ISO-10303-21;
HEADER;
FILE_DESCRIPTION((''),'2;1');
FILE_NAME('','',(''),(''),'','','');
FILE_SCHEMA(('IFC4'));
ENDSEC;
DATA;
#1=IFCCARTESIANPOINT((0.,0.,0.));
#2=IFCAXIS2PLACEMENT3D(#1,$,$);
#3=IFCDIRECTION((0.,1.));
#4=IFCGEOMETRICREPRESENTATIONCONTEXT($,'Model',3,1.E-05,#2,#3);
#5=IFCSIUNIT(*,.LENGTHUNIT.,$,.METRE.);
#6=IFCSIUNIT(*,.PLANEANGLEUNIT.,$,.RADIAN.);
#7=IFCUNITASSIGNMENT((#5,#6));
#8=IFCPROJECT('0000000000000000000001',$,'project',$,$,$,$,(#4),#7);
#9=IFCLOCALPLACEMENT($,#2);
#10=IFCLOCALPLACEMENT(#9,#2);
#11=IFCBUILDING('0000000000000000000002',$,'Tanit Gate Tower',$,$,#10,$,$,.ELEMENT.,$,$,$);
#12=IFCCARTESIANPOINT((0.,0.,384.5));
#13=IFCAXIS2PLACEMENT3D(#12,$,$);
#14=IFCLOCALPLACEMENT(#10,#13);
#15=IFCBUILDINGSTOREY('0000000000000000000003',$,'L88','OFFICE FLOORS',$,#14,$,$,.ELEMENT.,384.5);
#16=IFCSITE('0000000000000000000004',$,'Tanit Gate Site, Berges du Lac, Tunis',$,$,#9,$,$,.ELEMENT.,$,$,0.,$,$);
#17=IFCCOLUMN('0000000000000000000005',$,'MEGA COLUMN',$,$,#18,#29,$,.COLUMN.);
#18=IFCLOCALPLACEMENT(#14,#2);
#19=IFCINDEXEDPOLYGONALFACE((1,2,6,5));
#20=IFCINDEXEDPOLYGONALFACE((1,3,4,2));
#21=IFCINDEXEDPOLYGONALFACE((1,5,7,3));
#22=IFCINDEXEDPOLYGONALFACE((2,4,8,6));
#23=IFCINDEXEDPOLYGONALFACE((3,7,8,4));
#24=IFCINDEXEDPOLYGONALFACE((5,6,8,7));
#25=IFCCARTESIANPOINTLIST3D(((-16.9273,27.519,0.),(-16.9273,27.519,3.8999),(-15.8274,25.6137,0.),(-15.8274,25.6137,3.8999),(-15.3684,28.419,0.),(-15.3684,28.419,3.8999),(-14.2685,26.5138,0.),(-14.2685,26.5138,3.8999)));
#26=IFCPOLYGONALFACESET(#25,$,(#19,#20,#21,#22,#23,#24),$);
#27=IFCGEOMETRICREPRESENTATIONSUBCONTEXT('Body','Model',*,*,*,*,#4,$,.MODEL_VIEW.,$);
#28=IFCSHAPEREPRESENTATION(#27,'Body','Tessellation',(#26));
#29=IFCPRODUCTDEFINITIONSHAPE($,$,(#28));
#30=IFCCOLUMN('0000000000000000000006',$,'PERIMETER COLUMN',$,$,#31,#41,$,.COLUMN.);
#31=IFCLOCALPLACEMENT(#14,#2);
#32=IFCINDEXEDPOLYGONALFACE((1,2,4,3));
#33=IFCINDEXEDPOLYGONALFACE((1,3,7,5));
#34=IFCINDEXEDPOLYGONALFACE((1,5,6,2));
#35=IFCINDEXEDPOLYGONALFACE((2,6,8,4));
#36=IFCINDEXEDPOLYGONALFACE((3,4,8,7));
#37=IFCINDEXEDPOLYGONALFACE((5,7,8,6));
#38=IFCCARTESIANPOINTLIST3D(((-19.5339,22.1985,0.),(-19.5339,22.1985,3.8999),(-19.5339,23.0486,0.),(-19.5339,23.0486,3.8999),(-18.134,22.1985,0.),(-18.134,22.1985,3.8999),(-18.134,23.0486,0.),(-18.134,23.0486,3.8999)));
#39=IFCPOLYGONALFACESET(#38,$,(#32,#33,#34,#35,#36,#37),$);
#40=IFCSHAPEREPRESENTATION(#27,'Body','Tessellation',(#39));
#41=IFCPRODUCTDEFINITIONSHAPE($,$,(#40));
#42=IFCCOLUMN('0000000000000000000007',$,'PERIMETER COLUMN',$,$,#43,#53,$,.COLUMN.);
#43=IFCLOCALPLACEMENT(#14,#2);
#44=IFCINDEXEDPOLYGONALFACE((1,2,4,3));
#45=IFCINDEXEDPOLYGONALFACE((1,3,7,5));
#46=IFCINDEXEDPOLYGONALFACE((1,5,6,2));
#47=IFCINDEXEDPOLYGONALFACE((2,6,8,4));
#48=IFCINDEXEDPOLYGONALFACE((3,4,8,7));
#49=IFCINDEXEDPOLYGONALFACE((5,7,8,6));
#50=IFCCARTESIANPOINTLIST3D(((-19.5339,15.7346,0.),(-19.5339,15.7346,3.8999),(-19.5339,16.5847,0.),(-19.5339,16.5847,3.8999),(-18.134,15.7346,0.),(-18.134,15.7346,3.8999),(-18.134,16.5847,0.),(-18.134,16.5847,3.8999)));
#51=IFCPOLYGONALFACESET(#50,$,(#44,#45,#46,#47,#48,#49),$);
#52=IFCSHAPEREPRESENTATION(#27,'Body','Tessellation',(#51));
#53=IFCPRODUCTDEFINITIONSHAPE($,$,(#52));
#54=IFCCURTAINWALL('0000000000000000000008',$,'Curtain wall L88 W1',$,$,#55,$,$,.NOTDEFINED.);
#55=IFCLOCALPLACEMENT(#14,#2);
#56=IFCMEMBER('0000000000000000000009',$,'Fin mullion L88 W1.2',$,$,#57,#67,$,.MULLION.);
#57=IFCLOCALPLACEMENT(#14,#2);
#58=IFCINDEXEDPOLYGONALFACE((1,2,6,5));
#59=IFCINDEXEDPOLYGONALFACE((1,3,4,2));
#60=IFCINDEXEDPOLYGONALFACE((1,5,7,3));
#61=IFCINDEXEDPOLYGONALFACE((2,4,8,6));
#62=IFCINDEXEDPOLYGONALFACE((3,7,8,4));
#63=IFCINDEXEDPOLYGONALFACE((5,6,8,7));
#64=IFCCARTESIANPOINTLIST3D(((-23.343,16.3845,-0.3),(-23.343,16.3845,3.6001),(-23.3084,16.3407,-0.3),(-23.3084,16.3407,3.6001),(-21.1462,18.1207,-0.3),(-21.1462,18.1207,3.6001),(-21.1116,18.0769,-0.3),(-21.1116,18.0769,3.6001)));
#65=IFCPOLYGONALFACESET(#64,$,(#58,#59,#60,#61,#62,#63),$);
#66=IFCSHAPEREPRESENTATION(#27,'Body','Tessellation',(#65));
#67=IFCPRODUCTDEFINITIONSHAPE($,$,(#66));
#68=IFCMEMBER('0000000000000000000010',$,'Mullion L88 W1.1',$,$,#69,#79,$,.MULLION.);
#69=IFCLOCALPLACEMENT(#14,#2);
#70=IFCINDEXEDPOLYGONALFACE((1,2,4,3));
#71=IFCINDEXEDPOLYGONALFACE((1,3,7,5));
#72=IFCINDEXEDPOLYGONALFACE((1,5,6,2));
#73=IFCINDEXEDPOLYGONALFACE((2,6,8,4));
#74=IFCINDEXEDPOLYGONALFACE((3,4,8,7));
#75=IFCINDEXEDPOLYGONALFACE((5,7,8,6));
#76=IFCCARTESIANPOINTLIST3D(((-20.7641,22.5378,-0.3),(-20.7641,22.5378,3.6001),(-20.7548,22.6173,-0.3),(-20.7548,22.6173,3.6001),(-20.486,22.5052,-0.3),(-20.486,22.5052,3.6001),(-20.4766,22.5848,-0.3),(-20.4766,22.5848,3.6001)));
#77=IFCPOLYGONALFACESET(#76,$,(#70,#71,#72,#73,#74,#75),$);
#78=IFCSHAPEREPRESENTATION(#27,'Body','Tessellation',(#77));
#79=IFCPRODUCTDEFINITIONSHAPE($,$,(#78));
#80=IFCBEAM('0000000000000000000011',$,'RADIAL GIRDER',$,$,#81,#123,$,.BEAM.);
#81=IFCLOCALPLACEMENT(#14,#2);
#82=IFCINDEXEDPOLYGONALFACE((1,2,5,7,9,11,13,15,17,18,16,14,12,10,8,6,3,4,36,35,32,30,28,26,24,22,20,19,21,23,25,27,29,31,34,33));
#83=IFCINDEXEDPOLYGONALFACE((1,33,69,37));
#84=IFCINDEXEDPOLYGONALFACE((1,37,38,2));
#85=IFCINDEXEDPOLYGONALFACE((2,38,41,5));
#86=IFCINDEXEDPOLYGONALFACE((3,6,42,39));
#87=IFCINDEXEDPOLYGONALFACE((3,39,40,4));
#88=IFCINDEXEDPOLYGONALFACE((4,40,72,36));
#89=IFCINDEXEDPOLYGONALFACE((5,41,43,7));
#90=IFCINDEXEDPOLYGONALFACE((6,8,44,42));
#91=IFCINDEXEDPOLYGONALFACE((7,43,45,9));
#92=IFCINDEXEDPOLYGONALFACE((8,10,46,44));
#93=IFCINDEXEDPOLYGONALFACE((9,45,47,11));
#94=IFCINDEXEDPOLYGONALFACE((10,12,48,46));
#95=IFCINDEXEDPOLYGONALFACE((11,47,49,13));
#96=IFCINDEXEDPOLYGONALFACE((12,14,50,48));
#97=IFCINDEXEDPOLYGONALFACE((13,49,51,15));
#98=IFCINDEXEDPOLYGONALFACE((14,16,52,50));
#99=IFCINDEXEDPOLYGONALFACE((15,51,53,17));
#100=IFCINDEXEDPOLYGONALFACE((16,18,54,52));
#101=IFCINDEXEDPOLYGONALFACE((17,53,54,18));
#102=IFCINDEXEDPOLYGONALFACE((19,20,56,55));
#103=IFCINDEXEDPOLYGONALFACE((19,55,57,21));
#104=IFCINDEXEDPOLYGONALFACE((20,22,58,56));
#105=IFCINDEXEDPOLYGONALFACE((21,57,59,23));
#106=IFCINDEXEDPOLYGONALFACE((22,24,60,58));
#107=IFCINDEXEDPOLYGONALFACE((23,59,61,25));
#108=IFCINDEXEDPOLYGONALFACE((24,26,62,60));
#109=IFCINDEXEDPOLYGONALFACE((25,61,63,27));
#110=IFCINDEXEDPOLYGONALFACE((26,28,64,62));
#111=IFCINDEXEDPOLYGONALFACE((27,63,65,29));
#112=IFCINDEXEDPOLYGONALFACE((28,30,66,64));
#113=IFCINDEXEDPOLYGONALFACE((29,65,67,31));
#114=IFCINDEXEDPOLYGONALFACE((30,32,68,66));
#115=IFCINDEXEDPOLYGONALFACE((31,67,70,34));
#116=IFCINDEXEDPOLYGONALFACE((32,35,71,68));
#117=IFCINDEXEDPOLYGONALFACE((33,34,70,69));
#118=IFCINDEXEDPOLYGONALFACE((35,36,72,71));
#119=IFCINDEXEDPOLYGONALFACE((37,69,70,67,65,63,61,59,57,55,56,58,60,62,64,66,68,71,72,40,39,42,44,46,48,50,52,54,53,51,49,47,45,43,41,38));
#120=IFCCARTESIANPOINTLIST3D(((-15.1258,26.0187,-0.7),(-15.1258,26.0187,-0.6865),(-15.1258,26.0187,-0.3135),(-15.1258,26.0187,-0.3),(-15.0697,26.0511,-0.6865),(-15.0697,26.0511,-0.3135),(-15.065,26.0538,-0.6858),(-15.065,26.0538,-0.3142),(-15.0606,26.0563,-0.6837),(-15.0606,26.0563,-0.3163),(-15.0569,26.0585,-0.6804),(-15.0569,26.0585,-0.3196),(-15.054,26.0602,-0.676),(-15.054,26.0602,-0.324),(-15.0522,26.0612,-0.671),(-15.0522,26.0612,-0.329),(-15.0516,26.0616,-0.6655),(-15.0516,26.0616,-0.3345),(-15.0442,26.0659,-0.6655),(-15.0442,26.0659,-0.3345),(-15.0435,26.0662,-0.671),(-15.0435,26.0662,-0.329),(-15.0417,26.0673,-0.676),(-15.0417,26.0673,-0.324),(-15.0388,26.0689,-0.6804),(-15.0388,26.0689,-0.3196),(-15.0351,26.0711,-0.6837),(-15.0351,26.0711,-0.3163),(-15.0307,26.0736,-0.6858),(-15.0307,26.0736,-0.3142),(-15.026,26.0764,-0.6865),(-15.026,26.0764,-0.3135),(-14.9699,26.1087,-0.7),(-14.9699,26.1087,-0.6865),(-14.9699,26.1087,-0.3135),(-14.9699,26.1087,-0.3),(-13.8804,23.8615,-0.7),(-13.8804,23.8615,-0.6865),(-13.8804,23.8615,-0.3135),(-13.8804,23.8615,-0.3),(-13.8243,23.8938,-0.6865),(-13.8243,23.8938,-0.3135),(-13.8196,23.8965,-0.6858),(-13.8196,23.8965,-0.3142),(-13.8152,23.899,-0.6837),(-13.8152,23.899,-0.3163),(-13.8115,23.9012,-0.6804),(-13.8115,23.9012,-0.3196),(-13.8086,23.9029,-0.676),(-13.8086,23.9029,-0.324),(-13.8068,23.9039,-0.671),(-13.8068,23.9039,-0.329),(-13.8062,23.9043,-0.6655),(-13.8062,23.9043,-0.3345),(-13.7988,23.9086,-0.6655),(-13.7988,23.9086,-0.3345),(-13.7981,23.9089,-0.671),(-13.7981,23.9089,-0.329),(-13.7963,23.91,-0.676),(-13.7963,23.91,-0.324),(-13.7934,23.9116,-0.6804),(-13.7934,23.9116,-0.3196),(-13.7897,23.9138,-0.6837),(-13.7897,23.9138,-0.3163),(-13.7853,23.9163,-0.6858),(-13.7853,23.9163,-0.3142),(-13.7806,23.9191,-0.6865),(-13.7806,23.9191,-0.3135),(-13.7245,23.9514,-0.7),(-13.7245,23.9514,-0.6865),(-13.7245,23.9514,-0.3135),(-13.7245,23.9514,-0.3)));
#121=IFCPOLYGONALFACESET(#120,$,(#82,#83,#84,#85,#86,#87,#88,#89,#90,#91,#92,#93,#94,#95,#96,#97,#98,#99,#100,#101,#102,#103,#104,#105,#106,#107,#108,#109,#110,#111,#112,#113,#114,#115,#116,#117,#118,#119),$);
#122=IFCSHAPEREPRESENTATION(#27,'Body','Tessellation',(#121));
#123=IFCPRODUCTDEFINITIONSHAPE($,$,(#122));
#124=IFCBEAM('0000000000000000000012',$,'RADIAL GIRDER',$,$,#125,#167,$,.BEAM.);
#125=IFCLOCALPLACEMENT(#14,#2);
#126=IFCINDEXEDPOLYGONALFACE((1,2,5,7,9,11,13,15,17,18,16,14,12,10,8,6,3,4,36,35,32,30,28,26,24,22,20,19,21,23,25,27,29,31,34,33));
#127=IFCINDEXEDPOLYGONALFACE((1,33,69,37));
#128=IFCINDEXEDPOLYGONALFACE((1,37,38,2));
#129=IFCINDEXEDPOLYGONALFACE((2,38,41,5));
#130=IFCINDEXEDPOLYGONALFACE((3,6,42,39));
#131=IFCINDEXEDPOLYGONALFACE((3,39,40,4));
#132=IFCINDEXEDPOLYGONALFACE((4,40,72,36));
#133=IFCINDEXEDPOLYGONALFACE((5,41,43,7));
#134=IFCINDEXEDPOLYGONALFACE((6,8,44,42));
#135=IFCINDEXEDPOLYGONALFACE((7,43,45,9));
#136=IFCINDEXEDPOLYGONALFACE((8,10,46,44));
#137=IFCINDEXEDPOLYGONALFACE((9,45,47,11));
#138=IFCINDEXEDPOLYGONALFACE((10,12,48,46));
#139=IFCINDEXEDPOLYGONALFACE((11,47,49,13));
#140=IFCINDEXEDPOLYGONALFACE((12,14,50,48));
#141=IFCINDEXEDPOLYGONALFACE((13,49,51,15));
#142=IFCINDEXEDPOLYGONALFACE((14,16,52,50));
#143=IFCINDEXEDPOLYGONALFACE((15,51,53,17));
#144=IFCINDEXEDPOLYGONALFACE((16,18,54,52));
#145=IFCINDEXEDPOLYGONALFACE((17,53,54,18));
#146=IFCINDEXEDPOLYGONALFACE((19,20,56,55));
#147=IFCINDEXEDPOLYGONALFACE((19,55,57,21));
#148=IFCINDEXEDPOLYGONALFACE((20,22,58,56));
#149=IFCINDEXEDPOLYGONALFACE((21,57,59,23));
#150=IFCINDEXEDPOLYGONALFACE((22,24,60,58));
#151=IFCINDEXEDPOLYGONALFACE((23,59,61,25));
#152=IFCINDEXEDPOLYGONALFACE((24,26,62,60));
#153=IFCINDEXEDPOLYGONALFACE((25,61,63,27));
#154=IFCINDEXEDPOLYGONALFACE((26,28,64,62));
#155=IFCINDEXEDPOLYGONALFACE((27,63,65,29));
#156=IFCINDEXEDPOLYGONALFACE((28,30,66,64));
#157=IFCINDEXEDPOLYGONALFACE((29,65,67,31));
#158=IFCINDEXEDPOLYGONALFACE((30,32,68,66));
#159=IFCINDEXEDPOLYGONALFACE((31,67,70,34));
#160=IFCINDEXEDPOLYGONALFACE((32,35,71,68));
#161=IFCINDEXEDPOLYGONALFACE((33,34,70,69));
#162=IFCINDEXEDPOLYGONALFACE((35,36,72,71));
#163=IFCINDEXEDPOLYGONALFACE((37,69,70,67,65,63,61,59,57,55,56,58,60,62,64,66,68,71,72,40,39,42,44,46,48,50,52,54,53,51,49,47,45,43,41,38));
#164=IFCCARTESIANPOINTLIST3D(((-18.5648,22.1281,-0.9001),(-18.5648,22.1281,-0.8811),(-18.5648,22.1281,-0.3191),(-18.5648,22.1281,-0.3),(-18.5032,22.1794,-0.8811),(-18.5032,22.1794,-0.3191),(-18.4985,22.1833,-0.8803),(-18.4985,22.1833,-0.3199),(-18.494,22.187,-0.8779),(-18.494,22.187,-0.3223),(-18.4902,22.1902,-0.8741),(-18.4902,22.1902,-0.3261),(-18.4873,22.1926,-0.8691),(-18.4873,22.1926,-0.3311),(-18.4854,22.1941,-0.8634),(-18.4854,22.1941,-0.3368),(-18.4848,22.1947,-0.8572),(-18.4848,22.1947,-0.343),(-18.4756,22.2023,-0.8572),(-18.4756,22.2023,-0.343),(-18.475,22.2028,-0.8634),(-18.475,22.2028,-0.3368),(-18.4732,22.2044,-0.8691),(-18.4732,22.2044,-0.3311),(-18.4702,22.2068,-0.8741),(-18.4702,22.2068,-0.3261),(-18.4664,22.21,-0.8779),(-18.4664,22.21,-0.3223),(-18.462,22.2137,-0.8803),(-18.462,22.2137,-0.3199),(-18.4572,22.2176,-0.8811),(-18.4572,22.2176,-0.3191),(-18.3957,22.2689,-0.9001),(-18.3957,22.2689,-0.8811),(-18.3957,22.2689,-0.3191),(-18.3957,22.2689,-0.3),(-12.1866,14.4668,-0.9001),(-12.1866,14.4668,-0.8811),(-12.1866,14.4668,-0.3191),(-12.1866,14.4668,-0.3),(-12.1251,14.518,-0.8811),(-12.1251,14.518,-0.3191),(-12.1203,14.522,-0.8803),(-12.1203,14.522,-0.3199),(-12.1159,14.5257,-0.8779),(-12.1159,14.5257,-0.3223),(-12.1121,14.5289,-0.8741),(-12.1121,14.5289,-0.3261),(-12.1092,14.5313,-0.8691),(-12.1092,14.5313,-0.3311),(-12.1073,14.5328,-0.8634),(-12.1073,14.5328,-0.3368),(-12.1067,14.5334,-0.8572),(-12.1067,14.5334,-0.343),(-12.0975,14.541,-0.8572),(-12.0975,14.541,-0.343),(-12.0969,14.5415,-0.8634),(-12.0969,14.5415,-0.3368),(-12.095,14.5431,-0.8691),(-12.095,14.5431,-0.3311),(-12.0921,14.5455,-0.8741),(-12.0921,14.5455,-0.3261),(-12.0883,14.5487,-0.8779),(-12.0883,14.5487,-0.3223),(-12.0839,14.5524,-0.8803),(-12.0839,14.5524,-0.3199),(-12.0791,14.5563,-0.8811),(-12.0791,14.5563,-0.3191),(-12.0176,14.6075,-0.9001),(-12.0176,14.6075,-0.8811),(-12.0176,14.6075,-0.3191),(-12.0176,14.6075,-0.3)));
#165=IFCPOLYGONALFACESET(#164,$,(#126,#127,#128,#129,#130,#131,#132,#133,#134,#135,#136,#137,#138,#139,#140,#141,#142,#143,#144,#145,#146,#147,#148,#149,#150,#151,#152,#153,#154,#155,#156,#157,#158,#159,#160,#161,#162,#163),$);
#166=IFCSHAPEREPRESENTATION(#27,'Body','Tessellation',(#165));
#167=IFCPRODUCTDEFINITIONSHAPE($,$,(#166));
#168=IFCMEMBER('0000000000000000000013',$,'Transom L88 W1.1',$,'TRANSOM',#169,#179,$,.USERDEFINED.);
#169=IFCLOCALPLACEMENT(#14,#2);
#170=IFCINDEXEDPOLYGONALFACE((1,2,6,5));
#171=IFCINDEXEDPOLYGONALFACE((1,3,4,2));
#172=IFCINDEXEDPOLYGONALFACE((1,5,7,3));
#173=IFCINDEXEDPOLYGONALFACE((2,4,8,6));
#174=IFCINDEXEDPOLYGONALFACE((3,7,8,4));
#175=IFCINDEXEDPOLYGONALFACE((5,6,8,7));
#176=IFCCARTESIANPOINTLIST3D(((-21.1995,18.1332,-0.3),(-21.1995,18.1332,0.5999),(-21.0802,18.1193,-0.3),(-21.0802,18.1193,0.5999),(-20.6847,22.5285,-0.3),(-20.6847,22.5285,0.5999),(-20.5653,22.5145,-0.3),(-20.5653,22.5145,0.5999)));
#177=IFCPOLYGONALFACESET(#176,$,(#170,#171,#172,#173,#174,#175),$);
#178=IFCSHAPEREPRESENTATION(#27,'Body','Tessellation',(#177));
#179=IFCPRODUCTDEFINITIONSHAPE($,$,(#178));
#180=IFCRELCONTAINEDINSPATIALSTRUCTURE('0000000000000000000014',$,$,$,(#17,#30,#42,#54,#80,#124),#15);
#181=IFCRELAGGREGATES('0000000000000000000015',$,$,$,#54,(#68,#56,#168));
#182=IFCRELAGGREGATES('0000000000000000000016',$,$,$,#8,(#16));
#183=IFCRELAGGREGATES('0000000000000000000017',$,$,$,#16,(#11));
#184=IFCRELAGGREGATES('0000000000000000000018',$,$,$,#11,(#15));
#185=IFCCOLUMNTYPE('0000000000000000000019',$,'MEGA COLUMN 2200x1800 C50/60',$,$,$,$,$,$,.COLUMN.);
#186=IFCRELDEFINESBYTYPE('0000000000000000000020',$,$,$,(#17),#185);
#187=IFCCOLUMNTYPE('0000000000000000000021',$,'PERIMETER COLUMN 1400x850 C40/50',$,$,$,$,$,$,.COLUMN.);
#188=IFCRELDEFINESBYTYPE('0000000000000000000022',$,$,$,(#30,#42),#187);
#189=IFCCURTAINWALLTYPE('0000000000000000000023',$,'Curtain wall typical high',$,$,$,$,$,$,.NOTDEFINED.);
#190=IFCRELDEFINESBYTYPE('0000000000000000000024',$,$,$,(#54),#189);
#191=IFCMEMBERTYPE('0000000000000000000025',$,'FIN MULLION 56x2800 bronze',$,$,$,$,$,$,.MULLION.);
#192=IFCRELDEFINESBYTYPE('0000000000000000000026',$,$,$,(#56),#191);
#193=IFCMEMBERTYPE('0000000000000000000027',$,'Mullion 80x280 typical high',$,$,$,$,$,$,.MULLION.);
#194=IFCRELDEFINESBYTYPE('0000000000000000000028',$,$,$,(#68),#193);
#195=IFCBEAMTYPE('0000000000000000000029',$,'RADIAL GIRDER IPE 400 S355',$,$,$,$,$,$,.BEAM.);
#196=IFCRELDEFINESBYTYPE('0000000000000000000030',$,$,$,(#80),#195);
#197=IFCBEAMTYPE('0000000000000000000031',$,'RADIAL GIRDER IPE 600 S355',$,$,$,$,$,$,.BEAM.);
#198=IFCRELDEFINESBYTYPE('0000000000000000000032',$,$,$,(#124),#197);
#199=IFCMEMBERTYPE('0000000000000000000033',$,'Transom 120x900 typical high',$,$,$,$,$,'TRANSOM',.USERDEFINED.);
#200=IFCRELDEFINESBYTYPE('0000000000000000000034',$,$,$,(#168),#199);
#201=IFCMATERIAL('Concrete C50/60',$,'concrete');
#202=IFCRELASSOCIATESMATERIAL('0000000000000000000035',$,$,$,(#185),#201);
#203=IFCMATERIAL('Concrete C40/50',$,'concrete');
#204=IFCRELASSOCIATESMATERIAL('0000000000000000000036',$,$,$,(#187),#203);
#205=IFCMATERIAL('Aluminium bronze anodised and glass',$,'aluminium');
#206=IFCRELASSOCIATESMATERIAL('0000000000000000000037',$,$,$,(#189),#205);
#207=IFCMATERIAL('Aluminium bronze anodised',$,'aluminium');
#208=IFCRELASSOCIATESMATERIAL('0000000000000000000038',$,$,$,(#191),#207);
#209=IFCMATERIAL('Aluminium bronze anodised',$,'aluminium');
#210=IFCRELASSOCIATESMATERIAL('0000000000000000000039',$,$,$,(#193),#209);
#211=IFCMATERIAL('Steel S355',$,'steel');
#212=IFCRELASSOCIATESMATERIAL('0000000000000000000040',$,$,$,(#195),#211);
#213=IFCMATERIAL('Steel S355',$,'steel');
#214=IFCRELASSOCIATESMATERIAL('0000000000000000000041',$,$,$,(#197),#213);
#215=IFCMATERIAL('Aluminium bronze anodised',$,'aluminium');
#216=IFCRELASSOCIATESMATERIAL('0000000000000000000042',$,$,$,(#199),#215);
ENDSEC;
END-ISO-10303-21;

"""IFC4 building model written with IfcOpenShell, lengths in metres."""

from ifc_helpers import new_model, si_unit, direction, frame, origin, origin_2d, place, context, subcontext, project, spatial, rectangle, i_section, extrude, material, material_profile, profile_set, type_object, element, aggregate, save


model = new_model("IFC4")

# Units and contexts
model_context = context("Model", 3, precision=1e-05, world=origin(), true_north=direction((0.0, 1.0)))
body_context = subcontext(model_context, "Body", "Model", "MODEL_VIEW")
ifc_project = project(units=[si_unit("LENGTHUNIT", "METRE"), si_unit("PLANEANGLEUNIT", "RADIAN")], contexts=[model_context])

# Site, building, storey
site_placement = place(None, origin())
site = spatial("IfcSite", under=ifc_project, at=site_placement, Name="Tanit Gate Site, Berges du Lac, Tunis", CompositionType="ELEMENT", RefElevation=0.0)
building_placement = place(site_placement, origin())
building = spatial("IfcBuilding", under=site, at=building_placement, Name="Tanit Gate Tower", CompositionType="ELEMENT")
storey_placement = place(building_placement, frame((0.0, 0.0, 384.5)))
storey = spatial("IfcBuildingStorey", under=building, at=storey_placement, Name="L88", Description="OFFICE FLOORS", CompositionType="ELEMENT", Elevation=384.5)

# Columns
ifc_material_1 = material(Name="Concrete C50/60", Category="concrete")
ifc_material_profile_1 = material_profile(ifc_material_1, rectangle(XDim=2.2, YDim=1.8, at=origin_2d()), Name="RC 2200x1800")
ifc_profile_set_1 = profile_set([ifc_material_profile_1], Name="Concrete C50/60")
column_type_1 = type_object("IfcColumnType", Name="MEGA COLUMN 2200x1800 C50/60", PredefinedType="COLUMN", material=ifc_profile_set_1)
column_placement = place(storey_placement, frame((-15.5979, 27.0164, 0.0), z_axis=(0.0, 0.0, 1.0), x_axis=(-0.5, 0.866025, 0.0)))
element("IfcColumn", 1, at=column_placement, inside=storey, type_object=column_type_1, Name="MEGA COLUMN", PredefinedType="COLUMN", context=body_context, shape_type="SweptSolid", body=[
    extrude(rectangle(XDim=2.2, YDim=1.8, at=origin_2d()), origin(), (0.0, 0.0, 1.0), 3.8999),
])
ifc_material_2 = material(Name="Concrete C40/50", Category="concrete")
ifc_material_profile_2 = material_profile(ifc_material_2, rectangle(XDim=1.3999, YDim=0.8501, at=origin_2d()), Name="RC 1400x850")
ifc_profile_set_2 = profile_set([ifc_material_profile_2], Name="Concrete C40/50")
column_type_2 = type_object("IfcColumnType", Name="PERIMETER COLUMN 1400x850 C40/50", PredefinedType="COLUMN", material=ifc_profile_set_2)
for number, where, z_axis, x_axis, name in (
    (2, (-18.834, 22.6235, 0.0), (0.0, 0.0, 1.0), (-1.0, 0.0, 0.0), "PERIMETER COLUMN"),
    (3, (-18.834, 16.1597, 0.0), (0.0, 0.0, 1.0), (-1.0, 0.0, 0.0), "PERIMETER COLUMN"),
):
    element("IfcColumn", number, at=place(storey_placement, frame(where, z_axis=z_axis, x_axis=x_axis)), inside=storey, type_object=column_type_2, Name=name, PredefinedType="COLUMN", context=body_context, shape_type="SweptSolid", body=[
        extrude(rectangle(XDim=1.3999, YDim=0.8501, at=origin_2d()), origin(), (0.0, 0.0, 1.0), 3.8999),
    ])

# Curtain wall, members
ifc_material_3 = material(Name="Aluminium bronze anodised and glass", Category="aluminium")
curtain_wall_type = type_object("IfcCurtainWallType", Name="Curtain wall typical high", PredefinedType="NOTDEFINED", material=ifc_material_3)
curtain_wall_placement = place(storey_placement, origin())
curtain_wall = element("IfcCurtainWall", 4, at=curtain_wall_placement, inside=storey, type_object=curtain_wall_type, Name="Curtain wall L88 W1", PredefinedType="NOTDEFINED")
ifc_material_4 = material(Name="Aluminium bronze anodised", Category="aluminium")
ifc_material_profile_3 = material_profile(ifc_material_4, rectangle(XDim=2.8, YDim=0.0559, at=origin_2d()), Name="56x2800 bronze fin mullion")
ifc_profile_set_3 = profile_set([ifc_material_profile_3], Name="Aluminium bronze anodised")
member_type_1 = type_object("IfcMemberType", Name="FIN MULLION 56x2800 bronze", PredefinedType="MULLION", material=ifc_profile_set_3)
member_1_placement = place(storey_placement, frame((-22.2273, 17.2307, -0.3), z_axis=(0.0, 0.0, 1.0), x_axis=(0.784556, 0.620058, 0.0)))
member_1 = element("IfcMember", 5, at=member_1_placement, type_object=member_type_1, Name="Fin mullion L88 W1.2", PredefinedType="MULLION", context=body_context, shape_type="SweptSolid", body=[
    extrude(rectangle(XDim=2.8, YDim=0.0559, at=origin_2d()), origin(), (0.0, 0.0, 1.0), 3.9001),
])
ifc_material_5 = material(Name="Aluminium bronze anodised", Category="aluminium")
ifc_material_profile_4 = material_profile(ifc_material_5, rectangle(XDim=0.28, YDim=0.0801, at=origin_2d()), Name="80x280 bronze mullion")
ifc_profile_set_4 = profile_set([ifc_material_profile_4], Name="Aluminium bronze anodised")
member_type_2 = type_object("IfcMemberType", Name="Mullion 80x280 typical high", PredefinedType="MULLION", material=ifc_profile_set_4)
member_2_placement = place(storey_placement, frame((-20.6204, 22.5613, -0.3), z_axis=(0.0, 0.0, 1.0), x_axis=(0.993212, -0.116318, 0.0)))
member_2 = element("IfcMember", 6, at=member_2_placement, type_object=member_type_2, Name="Mullion L88 W1.1", PredefinedType="MULLION", context=body_context, shape_type="SweptSolid", body=[
    extrude(rectangle(XDim=0.28, YDim=0.0801, at=origin_2d()), origin(), (0.0, 0.0, 1.0), 3.9001),
])

# Beams
ifc_material_6 = material(Name="Steel S355", Category="steel")
ifc_material_profile_5 = material_profile(ifc_material_6, i_section(OverallWidth=0.1799, OverallDepth=0.3999, WebThickness=0.0085, FlangeThickness=0.0134, FilletRadius=0.021, at=origin_2d()), Name="IPE 400")
ifc_profile_set_5 = profile_set([ifc_material_profile_5], Name="Steel S355")
beam_type_1 = type_object("IfcBeamType", Name="RADIAL GIRDER IPE 400 S355", PredefinedType="BEAM", material=ifc_profile_set_5)
beam_1_placement = place(storey_placement, frame((-15.0479, 26.0637, -0.5), z_axis=(0.499966, -0.866045, 0.0), x_axis=(0.866045, 0.499966, 0.0)))
element("IfcBeam", 7, at=beam_1_placement, inside=storey, type_object=beam_type_1, Name="RADIAL GIRDER", PredefinedType="BEAM", context=body_context, shape_type="SweptSolid", body=[
    extrude(i_section(OverallWidth=0.1799, OverallDepth=0.3999, WebThickness=0.0085, FlangeThickness=0.0134, FilletRadius=0.021, at=origin_2d()), origin(), (0.0, 0.0, 1.0), 2.491),
])
ifc_material_7 = material(Name="Steel S355", Category="steel")
ifc_material_profile_6 = material_profile(ifc_material_7, i_section(OverallWidth=0.22, OverallDepth=0.6001, WebThickness=0.012, FlangeThickness=0.019, FilletRadius=0.0239, at=origin_2d()), Name="IPE 600")
ifc_profile_set_6 = profile_set([ifc_material_profile_6], Name="Steel S355")
beam_type_2 = type_object("IfcBeamType", Name="RADIAL GIRDER IPE 600 S355", PredefinedType="BEAM", material=ifc_profile_set_6)
beam_2_placement = place(storey_placement, frame((-18.4802, 22.1985, -0.6001), z_axis=(0.639811, -0.768532, 0.0), x_axis=(0.768532, 0.639811, 0.0)))
element("IfcBeam", 8, at=beam_2_placement, inside=storey, type_object=beam_type_2, Name="RADIAL GIRDER", PredefinedType="BEAM", context=body_context, shape_type="SweptSolid", body=[
    extrude(i_section(OverallWidth=0.22, OverallDepth=0.6001, WebThickness=0.012, FlangeThickness=0.019, FilletRadius=0.0239, at=origin_2d()), origin(), (0.0, 0.0, 1.0), 9.9688),
])

# Member
ifc_material_8 = material(Name="Aluminium bronze anodised", Category="aluminium")
ifc_material_profile_7 = material_profile(ifc_material_8, rectangle(XDim=0.1201, YDim=0.8999, at=origin_2d()), Name="120x900 bronze transom")
ifc_profile_set_7 = profile_set([ifc_material_profile_7], Name="Aluminium bronze anodised")
member_type_3 = type_object("IfcMemberType", Name="Transom 120x900 typical high", ElementType="TRANSOM", PredefinedType="USERDEFINED", material=ifc_profile_set_7)
member_3_placement = place(storey_placement, frame((-20.625, 22.5215, 0.1499), z_axis=(-0.116351, -0.993208, 0.0), x_axis=(0.993208, -0.116351, 0.0)))
member_3 = element("IfcMember", 9, at=member_3_placement, type_object=member_type_3, Name="Transom L88 W1.1", ObjectType="TRANSOM", PredefinedType="USERDEFINED", context=body_context, shape_type="SweptSolid", body=[
    extrude(rectangle(XDim=0.1201, YDim=0.8999, at=origin_2d()), origin(), (0.0, 0.0, 1.0), 4.4253),
])

aggregate(curtain_wall, [member_2, member_1, member_3])

save(model, "model.ifc")
